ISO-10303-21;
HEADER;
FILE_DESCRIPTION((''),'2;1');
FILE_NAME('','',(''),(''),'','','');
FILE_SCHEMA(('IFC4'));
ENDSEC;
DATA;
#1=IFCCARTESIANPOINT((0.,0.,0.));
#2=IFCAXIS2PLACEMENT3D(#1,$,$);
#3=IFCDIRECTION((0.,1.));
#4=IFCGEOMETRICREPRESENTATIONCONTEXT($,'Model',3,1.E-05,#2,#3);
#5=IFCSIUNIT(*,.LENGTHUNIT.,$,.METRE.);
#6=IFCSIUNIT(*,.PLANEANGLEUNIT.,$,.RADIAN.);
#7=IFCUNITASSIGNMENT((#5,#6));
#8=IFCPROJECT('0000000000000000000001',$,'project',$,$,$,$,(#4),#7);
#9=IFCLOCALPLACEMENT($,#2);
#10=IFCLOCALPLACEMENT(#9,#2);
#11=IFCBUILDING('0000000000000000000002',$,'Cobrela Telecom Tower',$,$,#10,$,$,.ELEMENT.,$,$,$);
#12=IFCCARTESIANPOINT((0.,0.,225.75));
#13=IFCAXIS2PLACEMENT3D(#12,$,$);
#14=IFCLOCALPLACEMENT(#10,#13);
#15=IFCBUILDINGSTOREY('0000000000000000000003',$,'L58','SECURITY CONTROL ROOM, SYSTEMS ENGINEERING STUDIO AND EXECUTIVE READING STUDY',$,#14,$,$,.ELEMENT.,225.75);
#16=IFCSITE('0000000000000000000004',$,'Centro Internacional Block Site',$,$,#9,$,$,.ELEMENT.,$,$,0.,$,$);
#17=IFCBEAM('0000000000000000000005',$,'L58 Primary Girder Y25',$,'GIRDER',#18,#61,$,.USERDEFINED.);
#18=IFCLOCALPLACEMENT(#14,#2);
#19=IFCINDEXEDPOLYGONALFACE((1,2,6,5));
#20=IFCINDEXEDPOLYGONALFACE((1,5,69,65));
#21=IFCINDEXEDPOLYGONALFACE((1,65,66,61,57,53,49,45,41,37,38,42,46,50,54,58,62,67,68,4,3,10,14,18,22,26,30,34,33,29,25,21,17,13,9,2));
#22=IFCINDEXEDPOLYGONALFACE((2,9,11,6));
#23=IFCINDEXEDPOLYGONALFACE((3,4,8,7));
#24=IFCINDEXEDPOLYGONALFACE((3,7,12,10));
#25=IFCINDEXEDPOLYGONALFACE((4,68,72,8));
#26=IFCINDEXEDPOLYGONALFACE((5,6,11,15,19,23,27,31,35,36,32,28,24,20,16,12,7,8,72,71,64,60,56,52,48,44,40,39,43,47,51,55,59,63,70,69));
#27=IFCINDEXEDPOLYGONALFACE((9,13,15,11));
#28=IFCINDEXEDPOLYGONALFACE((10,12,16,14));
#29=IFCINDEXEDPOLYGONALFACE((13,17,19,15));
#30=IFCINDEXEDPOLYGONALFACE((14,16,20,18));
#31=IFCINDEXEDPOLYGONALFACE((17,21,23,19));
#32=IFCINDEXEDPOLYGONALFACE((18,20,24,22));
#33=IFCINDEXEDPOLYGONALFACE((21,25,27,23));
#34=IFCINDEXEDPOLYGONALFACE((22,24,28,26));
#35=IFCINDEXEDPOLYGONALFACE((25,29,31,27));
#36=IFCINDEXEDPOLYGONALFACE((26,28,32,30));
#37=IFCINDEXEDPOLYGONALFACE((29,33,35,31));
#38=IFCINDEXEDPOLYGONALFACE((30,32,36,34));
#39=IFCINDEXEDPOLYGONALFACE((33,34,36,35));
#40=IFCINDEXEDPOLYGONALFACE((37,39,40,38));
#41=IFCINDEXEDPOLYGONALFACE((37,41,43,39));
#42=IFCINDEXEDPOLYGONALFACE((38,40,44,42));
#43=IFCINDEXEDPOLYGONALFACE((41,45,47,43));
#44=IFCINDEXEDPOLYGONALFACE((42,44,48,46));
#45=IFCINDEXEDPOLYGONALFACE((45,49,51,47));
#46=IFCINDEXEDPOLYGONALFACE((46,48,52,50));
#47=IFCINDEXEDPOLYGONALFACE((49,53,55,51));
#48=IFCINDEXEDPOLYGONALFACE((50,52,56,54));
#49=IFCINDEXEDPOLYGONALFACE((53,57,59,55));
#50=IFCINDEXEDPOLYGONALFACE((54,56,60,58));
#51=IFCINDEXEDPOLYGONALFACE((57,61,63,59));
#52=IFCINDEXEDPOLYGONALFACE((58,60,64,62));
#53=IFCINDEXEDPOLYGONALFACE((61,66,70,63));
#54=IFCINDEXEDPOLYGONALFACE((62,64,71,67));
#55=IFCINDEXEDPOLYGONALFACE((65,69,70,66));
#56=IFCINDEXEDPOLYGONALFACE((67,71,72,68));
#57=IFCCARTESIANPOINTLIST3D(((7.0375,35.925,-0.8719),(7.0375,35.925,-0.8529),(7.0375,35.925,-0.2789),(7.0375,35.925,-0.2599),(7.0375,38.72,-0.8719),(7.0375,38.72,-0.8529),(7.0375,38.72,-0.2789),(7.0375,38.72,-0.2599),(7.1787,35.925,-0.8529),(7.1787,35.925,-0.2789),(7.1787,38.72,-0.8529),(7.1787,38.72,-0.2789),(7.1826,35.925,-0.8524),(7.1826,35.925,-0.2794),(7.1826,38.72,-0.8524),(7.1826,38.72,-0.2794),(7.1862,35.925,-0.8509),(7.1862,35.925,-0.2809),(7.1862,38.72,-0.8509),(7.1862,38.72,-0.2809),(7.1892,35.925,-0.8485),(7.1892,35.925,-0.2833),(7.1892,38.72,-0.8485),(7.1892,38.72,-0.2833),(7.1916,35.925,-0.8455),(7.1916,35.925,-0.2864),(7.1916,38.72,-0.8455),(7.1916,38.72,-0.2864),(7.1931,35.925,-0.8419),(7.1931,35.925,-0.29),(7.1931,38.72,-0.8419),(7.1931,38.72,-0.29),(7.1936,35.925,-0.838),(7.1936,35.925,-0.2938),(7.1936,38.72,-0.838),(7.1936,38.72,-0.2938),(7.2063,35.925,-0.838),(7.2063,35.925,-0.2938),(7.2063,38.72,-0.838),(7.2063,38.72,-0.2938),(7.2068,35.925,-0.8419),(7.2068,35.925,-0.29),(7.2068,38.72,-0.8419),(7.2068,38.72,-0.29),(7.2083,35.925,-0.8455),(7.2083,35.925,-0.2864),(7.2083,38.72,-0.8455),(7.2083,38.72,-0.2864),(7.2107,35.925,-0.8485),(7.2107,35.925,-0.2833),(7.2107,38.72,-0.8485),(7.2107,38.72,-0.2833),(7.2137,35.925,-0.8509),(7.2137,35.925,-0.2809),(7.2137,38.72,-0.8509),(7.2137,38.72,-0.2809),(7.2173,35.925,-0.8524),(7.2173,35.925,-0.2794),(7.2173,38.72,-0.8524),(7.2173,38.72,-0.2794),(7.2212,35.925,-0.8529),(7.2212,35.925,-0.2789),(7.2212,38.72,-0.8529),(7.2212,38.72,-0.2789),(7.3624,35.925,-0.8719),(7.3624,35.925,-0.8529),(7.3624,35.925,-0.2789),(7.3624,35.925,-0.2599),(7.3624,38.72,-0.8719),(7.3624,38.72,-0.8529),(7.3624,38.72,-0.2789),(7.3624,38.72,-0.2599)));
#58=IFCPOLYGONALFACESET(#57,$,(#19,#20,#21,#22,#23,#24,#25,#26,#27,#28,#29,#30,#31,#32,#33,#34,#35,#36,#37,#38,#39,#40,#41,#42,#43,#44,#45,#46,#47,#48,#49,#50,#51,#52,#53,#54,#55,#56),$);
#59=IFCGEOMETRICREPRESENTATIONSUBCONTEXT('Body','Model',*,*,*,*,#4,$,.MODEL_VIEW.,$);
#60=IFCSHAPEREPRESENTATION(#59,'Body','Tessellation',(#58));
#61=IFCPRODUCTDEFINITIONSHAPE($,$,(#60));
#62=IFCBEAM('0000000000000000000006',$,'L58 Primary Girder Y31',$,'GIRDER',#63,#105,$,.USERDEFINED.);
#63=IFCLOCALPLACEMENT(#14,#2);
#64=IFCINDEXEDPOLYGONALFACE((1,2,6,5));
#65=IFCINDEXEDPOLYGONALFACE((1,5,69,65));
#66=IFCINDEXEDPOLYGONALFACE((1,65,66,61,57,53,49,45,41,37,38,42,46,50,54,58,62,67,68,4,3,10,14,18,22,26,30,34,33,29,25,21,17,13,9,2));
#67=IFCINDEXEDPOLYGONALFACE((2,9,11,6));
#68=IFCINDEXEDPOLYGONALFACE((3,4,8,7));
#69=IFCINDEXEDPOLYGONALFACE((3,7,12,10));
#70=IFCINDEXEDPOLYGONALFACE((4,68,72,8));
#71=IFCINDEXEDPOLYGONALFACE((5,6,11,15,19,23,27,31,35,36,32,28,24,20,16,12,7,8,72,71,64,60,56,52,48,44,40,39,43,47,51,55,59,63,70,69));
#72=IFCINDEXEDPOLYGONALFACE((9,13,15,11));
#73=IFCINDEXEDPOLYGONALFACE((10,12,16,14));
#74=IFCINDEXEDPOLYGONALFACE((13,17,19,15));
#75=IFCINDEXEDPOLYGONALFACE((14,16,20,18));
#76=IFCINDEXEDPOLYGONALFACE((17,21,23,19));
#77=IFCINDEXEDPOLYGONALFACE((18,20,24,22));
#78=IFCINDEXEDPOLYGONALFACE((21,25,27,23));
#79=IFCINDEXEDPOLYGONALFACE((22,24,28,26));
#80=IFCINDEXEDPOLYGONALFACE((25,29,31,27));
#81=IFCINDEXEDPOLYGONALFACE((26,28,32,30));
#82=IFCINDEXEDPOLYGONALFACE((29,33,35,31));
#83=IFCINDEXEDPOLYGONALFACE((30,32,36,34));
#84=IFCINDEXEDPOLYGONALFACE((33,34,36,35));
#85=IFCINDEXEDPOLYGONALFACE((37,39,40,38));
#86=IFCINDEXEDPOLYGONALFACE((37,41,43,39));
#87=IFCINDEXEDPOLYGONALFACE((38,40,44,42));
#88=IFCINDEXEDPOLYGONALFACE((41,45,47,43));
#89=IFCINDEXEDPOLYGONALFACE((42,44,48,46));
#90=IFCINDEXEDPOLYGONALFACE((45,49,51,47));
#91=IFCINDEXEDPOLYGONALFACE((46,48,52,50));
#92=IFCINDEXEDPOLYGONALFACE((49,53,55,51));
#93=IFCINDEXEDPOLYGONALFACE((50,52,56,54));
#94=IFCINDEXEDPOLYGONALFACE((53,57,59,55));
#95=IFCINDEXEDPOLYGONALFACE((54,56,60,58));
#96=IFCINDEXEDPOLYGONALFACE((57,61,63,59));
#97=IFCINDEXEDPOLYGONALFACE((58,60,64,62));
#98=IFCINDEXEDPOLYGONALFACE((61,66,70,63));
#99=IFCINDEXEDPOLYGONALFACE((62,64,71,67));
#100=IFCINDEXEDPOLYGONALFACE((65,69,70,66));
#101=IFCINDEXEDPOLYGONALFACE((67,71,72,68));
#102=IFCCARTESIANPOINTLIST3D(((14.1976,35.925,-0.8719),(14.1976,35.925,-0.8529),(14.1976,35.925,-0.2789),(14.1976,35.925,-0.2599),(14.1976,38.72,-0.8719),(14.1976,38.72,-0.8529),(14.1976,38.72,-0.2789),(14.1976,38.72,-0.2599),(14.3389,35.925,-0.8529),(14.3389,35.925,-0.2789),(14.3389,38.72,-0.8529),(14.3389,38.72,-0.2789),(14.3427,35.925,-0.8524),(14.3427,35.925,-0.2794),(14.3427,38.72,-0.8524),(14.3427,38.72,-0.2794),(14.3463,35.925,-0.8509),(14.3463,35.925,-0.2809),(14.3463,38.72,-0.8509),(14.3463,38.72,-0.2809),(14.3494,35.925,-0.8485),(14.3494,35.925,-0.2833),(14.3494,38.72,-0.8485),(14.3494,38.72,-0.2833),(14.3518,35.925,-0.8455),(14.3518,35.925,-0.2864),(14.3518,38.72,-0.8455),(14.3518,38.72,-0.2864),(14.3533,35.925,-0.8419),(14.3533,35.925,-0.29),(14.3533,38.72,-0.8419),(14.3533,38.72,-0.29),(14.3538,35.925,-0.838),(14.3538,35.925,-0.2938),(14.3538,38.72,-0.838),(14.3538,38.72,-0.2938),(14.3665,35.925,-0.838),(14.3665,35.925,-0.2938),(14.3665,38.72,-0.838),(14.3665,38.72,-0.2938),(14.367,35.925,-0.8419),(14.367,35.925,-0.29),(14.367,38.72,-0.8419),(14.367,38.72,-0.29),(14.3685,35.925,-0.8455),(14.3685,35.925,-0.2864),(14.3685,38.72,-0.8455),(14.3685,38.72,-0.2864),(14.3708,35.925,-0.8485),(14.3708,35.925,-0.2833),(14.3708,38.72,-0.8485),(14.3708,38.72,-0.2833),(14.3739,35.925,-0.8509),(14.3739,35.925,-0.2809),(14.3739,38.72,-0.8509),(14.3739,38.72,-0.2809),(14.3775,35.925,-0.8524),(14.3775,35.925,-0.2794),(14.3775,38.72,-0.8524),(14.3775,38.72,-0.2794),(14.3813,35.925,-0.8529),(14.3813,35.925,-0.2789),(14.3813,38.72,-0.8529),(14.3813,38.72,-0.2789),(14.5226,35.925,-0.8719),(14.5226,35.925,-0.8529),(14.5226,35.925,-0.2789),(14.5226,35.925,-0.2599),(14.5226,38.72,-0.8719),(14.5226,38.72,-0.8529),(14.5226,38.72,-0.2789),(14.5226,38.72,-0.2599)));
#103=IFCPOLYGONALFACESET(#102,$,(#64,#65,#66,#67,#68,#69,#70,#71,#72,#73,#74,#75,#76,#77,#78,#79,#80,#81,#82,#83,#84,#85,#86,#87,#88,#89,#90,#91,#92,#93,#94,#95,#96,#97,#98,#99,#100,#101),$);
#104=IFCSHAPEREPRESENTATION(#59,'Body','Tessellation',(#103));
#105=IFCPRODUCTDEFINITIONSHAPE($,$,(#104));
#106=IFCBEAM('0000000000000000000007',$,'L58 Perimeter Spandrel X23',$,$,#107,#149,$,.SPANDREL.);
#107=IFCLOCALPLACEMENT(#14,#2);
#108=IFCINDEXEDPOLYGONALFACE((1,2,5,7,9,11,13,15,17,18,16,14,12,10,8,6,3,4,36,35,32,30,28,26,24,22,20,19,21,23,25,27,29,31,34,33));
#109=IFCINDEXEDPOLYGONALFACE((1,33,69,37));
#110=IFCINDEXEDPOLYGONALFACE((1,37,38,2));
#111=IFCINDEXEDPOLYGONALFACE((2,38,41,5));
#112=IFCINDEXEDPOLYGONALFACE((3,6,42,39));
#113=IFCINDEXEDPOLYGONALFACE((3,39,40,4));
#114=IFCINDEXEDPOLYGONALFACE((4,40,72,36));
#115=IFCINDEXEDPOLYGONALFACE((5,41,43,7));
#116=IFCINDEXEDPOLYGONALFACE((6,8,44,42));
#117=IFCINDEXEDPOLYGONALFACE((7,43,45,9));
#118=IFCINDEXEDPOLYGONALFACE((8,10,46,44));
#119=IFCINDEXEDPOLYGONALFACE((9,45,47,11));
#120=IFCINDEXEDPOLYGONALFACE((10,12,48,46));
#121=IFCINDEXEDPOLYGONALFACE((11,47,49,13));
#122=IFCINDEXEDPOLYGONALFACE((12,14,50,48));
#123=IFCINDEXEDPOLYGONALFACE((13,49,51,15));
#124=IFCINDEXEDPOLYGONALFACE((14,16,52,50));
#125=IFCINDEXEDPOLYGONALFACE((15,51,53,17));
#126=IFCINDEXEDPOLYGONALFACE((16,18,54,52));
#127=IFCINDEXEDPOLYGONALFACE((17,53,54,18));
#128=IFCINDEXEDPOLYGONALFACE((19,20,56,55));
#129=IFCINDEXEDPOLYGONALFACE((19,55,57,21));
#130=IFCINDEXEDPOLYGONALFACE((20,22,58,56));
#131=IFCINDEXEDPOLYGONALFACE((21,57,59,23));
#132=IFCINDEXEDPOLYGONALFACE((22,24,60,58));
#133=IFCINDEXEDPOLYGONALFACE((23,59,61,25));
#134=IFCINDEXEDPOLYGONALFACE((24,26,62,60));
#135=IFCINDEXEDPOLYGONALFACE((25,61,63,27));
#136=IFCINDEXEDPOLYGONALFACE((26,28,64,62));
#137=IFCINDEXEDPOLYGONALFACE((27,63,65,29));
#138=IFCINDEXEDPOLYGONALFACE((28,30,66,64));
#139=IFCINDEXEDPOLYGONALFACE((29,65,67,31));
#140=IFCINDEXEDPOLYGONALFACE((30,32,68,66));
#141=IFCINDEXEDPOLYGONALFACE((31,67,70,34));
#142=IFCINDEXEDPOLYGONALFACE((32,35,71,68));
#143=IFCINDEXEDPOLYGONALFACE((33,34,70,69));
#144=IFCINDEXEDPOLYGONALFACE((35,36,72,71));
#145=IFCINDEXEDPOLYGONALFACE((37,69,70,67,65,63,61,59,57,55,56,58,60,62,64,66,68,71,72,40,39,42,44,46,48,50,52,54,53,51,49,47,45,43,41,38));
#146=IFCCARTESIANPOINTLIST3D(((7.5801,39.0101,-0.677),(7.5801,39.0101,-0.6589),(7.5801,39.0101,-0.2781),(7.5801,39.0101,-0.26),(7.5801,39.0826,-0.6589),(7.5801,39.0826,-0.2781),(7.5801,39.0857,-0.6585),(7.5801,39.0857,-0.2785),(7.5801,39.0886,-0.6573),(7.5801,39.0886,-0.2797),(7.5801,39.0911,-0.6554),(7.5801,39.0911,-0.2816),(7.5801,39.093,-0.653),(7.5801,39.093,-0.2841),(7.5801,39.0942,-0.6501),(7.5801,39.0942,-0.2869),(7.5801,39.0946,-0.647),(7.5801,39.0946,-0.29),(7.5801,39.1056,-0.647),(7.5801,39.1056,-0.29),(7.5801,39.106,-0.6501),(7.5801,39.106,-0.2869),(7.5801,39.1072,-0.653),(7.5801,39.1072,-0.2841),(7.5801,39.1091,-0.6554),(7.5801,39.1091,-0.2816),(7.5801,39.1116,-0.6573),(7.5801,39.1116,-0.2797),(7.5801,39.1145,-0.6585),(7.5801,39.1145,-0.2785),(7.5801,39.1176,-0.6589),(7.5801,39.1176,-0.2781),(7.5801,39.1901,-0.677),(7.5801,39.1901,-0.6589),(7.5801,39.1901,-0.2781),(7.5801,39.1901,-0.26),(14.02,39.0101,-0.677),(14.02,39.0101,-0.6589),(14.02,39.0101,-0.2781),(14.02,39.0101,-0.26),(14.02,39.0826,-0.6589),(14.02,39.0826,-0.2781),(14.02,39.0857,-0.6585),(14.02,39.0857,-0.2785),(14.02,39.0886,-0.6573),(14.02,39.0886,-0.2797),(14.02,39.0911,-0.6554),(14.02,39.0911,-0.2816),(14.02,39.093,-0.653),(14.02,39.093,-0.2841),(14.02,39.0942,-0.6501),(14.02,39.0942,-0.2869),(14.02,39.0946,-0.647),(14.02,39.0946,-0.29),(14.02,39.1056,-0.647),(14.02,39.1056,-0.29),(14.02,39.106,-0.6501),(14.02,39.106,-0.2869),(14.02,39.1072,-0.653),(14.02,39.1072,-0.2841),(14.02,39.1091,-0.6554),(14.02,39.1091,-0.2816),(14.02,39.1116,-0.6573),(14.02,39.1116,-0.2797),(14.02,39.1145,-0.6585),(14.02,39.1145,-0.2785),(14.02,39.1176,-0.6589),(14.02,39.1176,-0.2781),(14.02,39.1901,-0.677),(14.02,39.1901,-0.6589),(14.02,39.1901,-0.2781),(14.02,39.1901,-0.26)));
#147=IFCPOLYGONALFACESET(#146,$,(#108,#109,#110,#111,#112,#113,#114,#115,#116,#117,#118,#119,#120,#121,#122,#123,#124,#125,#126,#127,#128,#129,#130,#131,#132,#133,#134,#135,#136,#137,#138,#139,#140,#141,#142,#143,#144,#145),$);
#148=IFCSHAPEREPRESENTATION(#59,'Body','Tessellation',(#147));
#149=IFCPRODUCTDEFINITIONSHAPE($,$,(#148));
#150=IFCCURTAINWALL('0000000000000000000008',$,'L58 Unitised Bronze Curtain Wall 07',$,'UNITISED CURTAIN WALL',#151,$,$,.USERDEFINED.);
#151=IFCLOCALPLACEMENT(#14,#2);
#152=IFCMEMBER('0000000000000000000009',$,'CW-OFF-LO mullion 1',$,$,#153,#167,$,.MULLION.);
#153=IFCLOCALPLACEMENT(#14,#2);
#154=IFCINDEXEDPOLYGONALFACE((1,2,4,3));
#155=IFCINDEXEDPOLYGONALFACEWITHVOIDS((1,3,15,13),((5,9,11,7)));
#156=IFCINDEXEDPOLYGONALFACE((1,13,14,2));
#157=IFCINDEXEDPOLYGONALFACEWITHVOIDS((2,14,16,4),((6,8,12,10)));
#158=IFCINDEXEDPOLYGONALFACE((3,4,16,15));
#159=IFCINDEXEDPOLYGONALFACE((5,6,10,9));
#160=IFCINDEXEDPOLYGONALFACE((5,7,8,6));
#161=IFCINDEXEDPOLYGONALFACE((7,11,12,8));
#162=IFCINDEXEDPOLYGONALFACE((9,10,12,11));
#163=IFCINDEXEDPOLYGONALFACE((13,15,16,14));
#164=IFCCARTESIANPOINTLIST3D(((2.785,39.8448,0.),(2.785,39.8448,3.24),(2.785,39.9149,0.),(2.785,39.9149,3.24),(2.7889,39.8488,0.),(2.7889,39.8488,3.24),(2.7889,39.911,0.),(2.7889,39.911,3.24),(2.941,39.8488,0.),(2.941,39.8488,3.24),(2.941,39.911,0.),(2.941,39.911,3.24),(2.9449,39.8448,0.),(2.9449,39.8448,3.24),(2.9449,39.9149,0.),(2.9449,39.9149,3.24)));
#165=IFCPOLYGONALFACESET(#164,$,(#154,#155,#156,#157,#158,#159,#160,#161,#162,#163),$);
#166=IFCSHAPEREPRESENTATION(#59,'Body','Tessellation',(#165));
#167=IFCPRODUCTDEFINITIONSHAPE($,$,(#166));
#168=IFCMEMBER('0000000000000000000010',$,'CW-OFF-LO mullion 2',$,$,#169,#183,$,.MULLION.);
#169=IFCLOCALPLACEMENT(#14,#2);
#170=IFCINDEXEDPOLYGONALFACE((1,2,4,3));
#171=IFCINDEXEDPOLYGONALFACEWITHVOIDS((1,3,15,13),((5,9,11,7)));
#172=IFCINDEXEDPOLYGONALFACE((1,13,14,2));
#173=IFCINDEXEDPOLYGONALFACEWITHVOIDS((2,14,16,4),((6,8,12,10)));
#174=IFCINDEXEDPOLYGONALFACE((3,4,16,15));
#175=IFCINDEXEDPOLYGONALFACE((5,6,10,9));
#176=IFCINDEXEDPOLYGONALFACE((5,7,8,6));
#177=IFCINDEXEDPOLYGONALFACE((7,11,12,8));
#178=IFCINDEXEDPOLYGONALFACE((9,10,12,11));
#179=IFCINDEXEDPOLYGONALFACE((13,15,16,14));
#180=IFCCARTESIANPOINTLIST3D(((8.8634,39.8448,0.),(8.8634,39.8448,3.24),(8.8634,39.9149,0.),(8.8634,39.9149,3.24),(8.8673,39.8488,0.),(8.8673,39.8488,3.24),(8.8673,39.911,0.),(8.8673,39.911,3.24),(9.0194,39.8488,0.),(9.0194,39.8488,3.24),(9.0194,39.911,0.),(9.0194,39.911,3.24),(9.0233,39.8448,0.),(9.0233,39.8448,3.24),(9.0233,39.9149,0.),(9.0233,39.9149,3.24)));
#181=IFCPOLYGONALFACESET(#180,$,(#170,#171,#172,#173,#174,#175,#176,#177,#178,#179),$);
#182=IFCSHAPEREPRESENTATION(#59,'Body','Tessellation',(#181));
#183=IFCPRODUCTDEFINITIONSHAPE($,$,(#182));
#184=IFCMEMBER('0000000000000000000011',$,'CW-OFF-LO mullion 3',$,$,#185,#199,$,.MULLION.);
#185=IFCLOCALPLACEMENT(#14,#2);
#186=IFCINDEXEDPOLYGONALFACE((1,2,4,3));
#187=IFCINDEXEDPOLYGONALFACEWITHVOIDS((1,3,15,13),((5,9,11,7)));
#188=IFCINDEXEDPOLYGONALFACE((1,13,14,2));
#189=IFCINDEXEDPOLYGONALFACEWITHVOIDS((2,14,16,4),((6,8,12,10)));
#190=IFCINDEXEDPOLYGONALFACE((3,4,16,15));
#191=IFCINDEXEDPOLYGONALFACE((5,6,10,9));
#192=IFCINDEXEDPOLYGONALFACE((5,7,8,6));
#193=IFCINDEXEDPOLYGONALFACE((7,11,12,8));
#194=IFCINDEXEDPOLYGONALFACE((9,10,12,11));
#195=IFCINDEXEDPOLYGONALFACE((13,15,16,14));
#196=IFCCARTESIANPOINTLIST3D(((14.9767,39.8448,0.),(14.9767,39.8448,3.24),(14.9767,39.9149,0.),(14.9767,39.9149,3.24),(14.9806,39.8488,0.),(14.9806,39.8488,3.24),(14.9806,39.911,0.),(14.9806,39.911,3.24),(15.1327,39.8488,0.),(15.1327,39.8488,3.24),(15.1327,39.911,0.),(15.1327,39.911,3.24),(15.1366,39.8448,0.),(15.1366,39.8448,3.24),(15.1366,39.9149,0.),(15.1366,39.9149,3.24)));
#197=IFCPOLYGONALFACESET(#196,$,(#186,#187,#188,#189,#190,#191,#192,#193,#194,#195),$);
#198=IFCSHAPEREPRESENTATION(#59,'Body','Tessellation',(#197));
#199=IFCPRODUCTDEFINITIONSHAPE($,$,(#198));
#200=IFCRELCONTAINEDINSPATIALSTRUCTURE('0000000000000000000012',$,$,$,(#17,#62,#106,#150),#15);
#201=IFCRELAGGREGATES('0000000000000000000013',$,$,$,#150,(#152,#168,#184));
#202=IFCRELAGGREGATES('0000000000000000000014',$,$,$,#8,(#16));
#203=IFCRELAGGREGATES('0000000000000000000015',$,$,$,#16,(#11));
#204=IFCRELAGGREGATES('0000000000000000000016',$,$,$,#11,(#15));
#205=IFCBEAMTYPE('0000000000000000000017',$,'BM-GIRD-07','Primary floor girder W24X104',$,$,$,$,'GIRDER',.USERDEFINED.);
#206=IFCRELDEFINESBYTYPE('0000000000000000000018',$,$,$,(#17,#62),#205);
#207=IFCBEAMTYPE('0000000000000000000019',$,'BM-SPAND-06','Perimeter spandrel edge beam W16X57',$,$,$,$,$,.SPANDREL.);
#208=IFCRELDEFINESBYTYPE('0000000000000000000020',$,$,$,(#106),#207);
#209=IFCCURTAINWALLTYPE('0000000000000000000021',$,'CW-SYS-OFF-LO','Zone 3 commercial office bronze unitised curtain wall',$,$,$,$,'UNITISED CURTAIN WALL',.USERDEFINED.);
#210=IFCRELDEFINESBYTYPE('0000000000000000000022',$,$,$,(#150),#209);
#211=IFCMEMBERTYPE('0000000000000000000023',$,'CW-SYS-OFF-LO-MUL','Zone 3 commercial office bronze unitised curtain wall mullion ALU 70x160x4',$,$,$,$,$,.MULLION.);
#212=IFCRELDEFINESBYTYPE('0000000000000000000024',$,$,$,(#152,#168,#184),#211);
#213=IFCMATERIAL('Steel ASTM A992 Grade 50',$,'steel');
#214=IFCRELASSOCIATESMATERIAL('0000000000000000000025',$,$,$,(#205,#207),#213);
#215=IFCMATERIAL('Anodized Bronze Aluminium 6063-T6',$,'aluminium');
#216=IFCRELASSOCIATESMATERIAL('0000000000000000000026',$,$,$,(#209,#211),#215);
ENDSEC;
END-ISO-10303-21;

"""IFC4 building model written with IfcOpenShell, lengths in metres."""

from ifc_helpers import new_model, si_unit, direction, frame, origin, origin_2d, place, context, subcontext, project, spatial, hollow_rectangle, i_section, extrude, material, material_profile, profile_set, type_object, element, aggregate, save


model = new_model("IFC4")

# Units and contexts
model_context = context("Model", 3, precision=1e-05, world=origin(), true_north=direction((0.0, 1.0)))
body_context = subcontext(model_context, "Body", "Model", "MODEL_VIEW")
ifc_project = project(units=[si_unit("LENGTHUNIT", "METRE"), si_unit("PLANEANGLEUNIT", "RADIAN")], contexts=[model_context])

# Site, building, storey
site_placement = place(None, origin())
site = spatial("IfcSite", under=ifc_project, at=site_placement, Name="Centro Internacional Block Site", CompositionType="ELEMENT", RefElevation=0.0)
building_placement = place(site_placement, origin())
building = spatial("IfcBuilding", under=site, at=building_placement, Name="Cobrela Telecom Tower", CompositionType="ELEMENT")
storey_placement = place(building_placement, frame((0.0, 0.0, 225.75)))
storey = spatial("IfcBuildingStorey", under=building, at=storey_placement, Name="L58", Description="SECURITY CONTROL ROOM, SYSTEMS ENGINEERING STUDIO AND EXECUTIVE READING STUDY", CompositionType="ELEMENT", Elevation=225.75)

# Beams
ifc_material_1 = material(Name="Steel ASTM A992 Grade 50", Category="steel")
ifc_material_profile_1 = material_profile(ifc_material_1, i_section(OverallWidth=0.325, OverallDepth=0.6121, WebThickness=0.0127, FlangeThickness=0.019, FilletRadius=0.0149, at=origin_2d()), Name="W24X104")
ifc_profile_set_1 = profile_set([ifc_material_profile_1], Name="Steel ASTM A992 Grade 50")
beam_type_1 = type_object("IfcBeamType", Name="BM-GIRD-07", Description="Primary floor girder W24X104", ElementType="GIRDER", PredefinedType="USERDEFINED", material=ifc_profile_set_1)
for number, where, z_axis, x_axis, name in (
    (1, (7.2, 35.925, -0.5659), (0.0, 1.0, 0.0), (-1.0, 0.0, 0.0), "L58 Primary Girder Y25"),
    (2, (14.3601, 35.925, -0.5659), (0.0, 1.0, 0.0), (-1.0, 0.0, 0.0), "L58 Primary Girder Y31"),
):
    element("IfcBeam", number, at=place(storey_placement, frame(where, z_axis=z_axis, x_axis=x_axis)), inside=storey, type_object=beam_type_1, Name=name, ObjectType="GIRDER", PredefinedType="USERDEFINED", context=body_context, shape_type="SweptSolid", body=[
        extrude(i_section(OverallWidth=0.325, OverallDepth=0.6121, WebThickness=0.0127, FlangeThickness=0.019, FilletRadius=0.0149, at=origin_2d()), origin(), (0.0, 0.0, 1.0), 2.7949),
    ])
ifc_material_profile_2 = material_profile(ifc_material_1, i_section(OverallWidth=0.1799, OverallDepth=0.417, WebThickness=0.011, FlangeThickness=0.0181, FilletRadius=0.012, at=origin_2d()), Name="W16X57")
ifc_profile_set_2 = profile_set([ifc_material_profile_2], Name="Steel ASTM A992 Grade 50")
beam_type_2 = type_object("IfcBeamType", Name="BM-SPAND-06", Description="Perimeter spandrel edge beam W16X57", PredefinedType="SPANDREL", material=ifc_profile_set_2)
beam_1_placement = place(storey_placement, frame((7.5801, 39.1001, -0.4685), z_axis=(1.0, 0.0, 0.0), x_axis=(0.0, 1.0, 0.0)))
element("IfcBeam", 3, at=beam_1_placement, inside=storey, type_object=beam_type_2, Name="L58 Perimeter Spandrel X23", PredefinedType="SPANDREL", context=body_context, shape_type="SweptSolid", body=[
    extrude(i_section(OverallWidth=0.1799, OverallDepth=0.417, WebThickness=0.011, FlangeThickness=0.0181, FilletRadius=0.012, at=origin_2d()), origin(), (0.0, 0.0, 1.0), 6.4399),
])

# Curtain wall, members
ifc_material_2 = material(Name="Anodized Bronze Aluminium 6063-T6", Category="aluminium")
curtain_wall_type = type_object("IfcCurtainWallType", Name="CW-SYS-OFF-LO", Description="Zone 3 commercial office bronze unitised curtain wall", ElementType="UNITISED CURTAIN WALL", PredefinedType="USERDEFINED", material=ifc_material_2)
curtain_wall_placement = place(storey_placement, origin())
curtain_wall = element("IfcCurtainWall", 4, at=curtain_wall_placement, inside=storey, type_object=curtain_wall_type, Name="L58 Unitised Bronze Curtain Wall 07", ObjectType="UNITISED CURTAIN WALL", PredefinedType="USERDEFINED")
ifc_material_profile_3 = material_profile(ifc_material_2, hollow_rectangle(XDim=0.0701, YDim=0.1599, WallThickness=0.0039, at=origin_2d()), Name="ALU 70x160x4")
ifc_profile_set_3 = profile_set([ifc_material_profile_3], Name="Anodized Bronze Aluminium 6063-T6")
member_type_1 = type_object("IfcMemberType", Name="CW-SYS-OFF-LO-MUL", Description="Zone 3 commercial office bronze unitised curtain wall mullion ALU 70x160x4", PredefinedType="MULLION", material=ifc_profile_set_3)
member_1_placement = place(storey_placement, frame((2.865, 39.8799, 0.0), z_axis=(0.0, 0.0, 1.0), x_axis=(0.0, 1.0, 0.0)))
member_1 = element("IfcMember", 5, at=member_1_placement, type_object=member_type_1, Name="CW-OFF-LO mullion 1", PredefinedType="MULLION", context=body_context, shape_type="SweptSolid", body=[
    extrude(hollow_rectangle(XDim=0.0701, YDim=0.1599, WallThickness=0.0039, at=origin_2d()), origin(), (0.0, 0.0, 1.0), 3.24),
])
member_2_placement = place(storey_placement, frame((8.9434, 39.8799, 0.0), z_axis=(0.0, 0.0, 1.0), x_axis=(0.0, 1.0, 0.0)))
member_2 = element("IfcMember", 6, at=member_2_placement, type_object=member_type_1, Name="CW-OFF-LO mullion 2", PredefinedType="MULLION", context=body_context, shape_type="SweptSolid", body=[
    extrude(hollow_rectangle(XDim=0.0701, YDim=0.1599, WallThickness=0.0039, at=origin_2d()), origin(), (0.0, 0.0, 1.0), 3.24),
])
member_3_placement = place(storey_placement, frame((15.0566, 39.8799, 0.0), z_axis=(0.0, 0.0, 1.0), x_axis=(0.0, 1.0, 0.0)))
member_3 = element("IfcMember", 7, at=member_3_placement, type_object=member_type_1, Name="CW-OFF-LO mullion 3", PredefinedType="MULLION", context=body_context, shape_type="SweptSolid", body=[
    extrude(hollow_rectangle(XDim=0.0701, YDim=0.1599, WallThickness=0.0039, at=origin_2d()), origin(), (0.0, 0.0, 1.0), 3.24),
])

aggregate(curtain_wall, [member_1, member_2, member_3])

save(model, "model.ifc")
